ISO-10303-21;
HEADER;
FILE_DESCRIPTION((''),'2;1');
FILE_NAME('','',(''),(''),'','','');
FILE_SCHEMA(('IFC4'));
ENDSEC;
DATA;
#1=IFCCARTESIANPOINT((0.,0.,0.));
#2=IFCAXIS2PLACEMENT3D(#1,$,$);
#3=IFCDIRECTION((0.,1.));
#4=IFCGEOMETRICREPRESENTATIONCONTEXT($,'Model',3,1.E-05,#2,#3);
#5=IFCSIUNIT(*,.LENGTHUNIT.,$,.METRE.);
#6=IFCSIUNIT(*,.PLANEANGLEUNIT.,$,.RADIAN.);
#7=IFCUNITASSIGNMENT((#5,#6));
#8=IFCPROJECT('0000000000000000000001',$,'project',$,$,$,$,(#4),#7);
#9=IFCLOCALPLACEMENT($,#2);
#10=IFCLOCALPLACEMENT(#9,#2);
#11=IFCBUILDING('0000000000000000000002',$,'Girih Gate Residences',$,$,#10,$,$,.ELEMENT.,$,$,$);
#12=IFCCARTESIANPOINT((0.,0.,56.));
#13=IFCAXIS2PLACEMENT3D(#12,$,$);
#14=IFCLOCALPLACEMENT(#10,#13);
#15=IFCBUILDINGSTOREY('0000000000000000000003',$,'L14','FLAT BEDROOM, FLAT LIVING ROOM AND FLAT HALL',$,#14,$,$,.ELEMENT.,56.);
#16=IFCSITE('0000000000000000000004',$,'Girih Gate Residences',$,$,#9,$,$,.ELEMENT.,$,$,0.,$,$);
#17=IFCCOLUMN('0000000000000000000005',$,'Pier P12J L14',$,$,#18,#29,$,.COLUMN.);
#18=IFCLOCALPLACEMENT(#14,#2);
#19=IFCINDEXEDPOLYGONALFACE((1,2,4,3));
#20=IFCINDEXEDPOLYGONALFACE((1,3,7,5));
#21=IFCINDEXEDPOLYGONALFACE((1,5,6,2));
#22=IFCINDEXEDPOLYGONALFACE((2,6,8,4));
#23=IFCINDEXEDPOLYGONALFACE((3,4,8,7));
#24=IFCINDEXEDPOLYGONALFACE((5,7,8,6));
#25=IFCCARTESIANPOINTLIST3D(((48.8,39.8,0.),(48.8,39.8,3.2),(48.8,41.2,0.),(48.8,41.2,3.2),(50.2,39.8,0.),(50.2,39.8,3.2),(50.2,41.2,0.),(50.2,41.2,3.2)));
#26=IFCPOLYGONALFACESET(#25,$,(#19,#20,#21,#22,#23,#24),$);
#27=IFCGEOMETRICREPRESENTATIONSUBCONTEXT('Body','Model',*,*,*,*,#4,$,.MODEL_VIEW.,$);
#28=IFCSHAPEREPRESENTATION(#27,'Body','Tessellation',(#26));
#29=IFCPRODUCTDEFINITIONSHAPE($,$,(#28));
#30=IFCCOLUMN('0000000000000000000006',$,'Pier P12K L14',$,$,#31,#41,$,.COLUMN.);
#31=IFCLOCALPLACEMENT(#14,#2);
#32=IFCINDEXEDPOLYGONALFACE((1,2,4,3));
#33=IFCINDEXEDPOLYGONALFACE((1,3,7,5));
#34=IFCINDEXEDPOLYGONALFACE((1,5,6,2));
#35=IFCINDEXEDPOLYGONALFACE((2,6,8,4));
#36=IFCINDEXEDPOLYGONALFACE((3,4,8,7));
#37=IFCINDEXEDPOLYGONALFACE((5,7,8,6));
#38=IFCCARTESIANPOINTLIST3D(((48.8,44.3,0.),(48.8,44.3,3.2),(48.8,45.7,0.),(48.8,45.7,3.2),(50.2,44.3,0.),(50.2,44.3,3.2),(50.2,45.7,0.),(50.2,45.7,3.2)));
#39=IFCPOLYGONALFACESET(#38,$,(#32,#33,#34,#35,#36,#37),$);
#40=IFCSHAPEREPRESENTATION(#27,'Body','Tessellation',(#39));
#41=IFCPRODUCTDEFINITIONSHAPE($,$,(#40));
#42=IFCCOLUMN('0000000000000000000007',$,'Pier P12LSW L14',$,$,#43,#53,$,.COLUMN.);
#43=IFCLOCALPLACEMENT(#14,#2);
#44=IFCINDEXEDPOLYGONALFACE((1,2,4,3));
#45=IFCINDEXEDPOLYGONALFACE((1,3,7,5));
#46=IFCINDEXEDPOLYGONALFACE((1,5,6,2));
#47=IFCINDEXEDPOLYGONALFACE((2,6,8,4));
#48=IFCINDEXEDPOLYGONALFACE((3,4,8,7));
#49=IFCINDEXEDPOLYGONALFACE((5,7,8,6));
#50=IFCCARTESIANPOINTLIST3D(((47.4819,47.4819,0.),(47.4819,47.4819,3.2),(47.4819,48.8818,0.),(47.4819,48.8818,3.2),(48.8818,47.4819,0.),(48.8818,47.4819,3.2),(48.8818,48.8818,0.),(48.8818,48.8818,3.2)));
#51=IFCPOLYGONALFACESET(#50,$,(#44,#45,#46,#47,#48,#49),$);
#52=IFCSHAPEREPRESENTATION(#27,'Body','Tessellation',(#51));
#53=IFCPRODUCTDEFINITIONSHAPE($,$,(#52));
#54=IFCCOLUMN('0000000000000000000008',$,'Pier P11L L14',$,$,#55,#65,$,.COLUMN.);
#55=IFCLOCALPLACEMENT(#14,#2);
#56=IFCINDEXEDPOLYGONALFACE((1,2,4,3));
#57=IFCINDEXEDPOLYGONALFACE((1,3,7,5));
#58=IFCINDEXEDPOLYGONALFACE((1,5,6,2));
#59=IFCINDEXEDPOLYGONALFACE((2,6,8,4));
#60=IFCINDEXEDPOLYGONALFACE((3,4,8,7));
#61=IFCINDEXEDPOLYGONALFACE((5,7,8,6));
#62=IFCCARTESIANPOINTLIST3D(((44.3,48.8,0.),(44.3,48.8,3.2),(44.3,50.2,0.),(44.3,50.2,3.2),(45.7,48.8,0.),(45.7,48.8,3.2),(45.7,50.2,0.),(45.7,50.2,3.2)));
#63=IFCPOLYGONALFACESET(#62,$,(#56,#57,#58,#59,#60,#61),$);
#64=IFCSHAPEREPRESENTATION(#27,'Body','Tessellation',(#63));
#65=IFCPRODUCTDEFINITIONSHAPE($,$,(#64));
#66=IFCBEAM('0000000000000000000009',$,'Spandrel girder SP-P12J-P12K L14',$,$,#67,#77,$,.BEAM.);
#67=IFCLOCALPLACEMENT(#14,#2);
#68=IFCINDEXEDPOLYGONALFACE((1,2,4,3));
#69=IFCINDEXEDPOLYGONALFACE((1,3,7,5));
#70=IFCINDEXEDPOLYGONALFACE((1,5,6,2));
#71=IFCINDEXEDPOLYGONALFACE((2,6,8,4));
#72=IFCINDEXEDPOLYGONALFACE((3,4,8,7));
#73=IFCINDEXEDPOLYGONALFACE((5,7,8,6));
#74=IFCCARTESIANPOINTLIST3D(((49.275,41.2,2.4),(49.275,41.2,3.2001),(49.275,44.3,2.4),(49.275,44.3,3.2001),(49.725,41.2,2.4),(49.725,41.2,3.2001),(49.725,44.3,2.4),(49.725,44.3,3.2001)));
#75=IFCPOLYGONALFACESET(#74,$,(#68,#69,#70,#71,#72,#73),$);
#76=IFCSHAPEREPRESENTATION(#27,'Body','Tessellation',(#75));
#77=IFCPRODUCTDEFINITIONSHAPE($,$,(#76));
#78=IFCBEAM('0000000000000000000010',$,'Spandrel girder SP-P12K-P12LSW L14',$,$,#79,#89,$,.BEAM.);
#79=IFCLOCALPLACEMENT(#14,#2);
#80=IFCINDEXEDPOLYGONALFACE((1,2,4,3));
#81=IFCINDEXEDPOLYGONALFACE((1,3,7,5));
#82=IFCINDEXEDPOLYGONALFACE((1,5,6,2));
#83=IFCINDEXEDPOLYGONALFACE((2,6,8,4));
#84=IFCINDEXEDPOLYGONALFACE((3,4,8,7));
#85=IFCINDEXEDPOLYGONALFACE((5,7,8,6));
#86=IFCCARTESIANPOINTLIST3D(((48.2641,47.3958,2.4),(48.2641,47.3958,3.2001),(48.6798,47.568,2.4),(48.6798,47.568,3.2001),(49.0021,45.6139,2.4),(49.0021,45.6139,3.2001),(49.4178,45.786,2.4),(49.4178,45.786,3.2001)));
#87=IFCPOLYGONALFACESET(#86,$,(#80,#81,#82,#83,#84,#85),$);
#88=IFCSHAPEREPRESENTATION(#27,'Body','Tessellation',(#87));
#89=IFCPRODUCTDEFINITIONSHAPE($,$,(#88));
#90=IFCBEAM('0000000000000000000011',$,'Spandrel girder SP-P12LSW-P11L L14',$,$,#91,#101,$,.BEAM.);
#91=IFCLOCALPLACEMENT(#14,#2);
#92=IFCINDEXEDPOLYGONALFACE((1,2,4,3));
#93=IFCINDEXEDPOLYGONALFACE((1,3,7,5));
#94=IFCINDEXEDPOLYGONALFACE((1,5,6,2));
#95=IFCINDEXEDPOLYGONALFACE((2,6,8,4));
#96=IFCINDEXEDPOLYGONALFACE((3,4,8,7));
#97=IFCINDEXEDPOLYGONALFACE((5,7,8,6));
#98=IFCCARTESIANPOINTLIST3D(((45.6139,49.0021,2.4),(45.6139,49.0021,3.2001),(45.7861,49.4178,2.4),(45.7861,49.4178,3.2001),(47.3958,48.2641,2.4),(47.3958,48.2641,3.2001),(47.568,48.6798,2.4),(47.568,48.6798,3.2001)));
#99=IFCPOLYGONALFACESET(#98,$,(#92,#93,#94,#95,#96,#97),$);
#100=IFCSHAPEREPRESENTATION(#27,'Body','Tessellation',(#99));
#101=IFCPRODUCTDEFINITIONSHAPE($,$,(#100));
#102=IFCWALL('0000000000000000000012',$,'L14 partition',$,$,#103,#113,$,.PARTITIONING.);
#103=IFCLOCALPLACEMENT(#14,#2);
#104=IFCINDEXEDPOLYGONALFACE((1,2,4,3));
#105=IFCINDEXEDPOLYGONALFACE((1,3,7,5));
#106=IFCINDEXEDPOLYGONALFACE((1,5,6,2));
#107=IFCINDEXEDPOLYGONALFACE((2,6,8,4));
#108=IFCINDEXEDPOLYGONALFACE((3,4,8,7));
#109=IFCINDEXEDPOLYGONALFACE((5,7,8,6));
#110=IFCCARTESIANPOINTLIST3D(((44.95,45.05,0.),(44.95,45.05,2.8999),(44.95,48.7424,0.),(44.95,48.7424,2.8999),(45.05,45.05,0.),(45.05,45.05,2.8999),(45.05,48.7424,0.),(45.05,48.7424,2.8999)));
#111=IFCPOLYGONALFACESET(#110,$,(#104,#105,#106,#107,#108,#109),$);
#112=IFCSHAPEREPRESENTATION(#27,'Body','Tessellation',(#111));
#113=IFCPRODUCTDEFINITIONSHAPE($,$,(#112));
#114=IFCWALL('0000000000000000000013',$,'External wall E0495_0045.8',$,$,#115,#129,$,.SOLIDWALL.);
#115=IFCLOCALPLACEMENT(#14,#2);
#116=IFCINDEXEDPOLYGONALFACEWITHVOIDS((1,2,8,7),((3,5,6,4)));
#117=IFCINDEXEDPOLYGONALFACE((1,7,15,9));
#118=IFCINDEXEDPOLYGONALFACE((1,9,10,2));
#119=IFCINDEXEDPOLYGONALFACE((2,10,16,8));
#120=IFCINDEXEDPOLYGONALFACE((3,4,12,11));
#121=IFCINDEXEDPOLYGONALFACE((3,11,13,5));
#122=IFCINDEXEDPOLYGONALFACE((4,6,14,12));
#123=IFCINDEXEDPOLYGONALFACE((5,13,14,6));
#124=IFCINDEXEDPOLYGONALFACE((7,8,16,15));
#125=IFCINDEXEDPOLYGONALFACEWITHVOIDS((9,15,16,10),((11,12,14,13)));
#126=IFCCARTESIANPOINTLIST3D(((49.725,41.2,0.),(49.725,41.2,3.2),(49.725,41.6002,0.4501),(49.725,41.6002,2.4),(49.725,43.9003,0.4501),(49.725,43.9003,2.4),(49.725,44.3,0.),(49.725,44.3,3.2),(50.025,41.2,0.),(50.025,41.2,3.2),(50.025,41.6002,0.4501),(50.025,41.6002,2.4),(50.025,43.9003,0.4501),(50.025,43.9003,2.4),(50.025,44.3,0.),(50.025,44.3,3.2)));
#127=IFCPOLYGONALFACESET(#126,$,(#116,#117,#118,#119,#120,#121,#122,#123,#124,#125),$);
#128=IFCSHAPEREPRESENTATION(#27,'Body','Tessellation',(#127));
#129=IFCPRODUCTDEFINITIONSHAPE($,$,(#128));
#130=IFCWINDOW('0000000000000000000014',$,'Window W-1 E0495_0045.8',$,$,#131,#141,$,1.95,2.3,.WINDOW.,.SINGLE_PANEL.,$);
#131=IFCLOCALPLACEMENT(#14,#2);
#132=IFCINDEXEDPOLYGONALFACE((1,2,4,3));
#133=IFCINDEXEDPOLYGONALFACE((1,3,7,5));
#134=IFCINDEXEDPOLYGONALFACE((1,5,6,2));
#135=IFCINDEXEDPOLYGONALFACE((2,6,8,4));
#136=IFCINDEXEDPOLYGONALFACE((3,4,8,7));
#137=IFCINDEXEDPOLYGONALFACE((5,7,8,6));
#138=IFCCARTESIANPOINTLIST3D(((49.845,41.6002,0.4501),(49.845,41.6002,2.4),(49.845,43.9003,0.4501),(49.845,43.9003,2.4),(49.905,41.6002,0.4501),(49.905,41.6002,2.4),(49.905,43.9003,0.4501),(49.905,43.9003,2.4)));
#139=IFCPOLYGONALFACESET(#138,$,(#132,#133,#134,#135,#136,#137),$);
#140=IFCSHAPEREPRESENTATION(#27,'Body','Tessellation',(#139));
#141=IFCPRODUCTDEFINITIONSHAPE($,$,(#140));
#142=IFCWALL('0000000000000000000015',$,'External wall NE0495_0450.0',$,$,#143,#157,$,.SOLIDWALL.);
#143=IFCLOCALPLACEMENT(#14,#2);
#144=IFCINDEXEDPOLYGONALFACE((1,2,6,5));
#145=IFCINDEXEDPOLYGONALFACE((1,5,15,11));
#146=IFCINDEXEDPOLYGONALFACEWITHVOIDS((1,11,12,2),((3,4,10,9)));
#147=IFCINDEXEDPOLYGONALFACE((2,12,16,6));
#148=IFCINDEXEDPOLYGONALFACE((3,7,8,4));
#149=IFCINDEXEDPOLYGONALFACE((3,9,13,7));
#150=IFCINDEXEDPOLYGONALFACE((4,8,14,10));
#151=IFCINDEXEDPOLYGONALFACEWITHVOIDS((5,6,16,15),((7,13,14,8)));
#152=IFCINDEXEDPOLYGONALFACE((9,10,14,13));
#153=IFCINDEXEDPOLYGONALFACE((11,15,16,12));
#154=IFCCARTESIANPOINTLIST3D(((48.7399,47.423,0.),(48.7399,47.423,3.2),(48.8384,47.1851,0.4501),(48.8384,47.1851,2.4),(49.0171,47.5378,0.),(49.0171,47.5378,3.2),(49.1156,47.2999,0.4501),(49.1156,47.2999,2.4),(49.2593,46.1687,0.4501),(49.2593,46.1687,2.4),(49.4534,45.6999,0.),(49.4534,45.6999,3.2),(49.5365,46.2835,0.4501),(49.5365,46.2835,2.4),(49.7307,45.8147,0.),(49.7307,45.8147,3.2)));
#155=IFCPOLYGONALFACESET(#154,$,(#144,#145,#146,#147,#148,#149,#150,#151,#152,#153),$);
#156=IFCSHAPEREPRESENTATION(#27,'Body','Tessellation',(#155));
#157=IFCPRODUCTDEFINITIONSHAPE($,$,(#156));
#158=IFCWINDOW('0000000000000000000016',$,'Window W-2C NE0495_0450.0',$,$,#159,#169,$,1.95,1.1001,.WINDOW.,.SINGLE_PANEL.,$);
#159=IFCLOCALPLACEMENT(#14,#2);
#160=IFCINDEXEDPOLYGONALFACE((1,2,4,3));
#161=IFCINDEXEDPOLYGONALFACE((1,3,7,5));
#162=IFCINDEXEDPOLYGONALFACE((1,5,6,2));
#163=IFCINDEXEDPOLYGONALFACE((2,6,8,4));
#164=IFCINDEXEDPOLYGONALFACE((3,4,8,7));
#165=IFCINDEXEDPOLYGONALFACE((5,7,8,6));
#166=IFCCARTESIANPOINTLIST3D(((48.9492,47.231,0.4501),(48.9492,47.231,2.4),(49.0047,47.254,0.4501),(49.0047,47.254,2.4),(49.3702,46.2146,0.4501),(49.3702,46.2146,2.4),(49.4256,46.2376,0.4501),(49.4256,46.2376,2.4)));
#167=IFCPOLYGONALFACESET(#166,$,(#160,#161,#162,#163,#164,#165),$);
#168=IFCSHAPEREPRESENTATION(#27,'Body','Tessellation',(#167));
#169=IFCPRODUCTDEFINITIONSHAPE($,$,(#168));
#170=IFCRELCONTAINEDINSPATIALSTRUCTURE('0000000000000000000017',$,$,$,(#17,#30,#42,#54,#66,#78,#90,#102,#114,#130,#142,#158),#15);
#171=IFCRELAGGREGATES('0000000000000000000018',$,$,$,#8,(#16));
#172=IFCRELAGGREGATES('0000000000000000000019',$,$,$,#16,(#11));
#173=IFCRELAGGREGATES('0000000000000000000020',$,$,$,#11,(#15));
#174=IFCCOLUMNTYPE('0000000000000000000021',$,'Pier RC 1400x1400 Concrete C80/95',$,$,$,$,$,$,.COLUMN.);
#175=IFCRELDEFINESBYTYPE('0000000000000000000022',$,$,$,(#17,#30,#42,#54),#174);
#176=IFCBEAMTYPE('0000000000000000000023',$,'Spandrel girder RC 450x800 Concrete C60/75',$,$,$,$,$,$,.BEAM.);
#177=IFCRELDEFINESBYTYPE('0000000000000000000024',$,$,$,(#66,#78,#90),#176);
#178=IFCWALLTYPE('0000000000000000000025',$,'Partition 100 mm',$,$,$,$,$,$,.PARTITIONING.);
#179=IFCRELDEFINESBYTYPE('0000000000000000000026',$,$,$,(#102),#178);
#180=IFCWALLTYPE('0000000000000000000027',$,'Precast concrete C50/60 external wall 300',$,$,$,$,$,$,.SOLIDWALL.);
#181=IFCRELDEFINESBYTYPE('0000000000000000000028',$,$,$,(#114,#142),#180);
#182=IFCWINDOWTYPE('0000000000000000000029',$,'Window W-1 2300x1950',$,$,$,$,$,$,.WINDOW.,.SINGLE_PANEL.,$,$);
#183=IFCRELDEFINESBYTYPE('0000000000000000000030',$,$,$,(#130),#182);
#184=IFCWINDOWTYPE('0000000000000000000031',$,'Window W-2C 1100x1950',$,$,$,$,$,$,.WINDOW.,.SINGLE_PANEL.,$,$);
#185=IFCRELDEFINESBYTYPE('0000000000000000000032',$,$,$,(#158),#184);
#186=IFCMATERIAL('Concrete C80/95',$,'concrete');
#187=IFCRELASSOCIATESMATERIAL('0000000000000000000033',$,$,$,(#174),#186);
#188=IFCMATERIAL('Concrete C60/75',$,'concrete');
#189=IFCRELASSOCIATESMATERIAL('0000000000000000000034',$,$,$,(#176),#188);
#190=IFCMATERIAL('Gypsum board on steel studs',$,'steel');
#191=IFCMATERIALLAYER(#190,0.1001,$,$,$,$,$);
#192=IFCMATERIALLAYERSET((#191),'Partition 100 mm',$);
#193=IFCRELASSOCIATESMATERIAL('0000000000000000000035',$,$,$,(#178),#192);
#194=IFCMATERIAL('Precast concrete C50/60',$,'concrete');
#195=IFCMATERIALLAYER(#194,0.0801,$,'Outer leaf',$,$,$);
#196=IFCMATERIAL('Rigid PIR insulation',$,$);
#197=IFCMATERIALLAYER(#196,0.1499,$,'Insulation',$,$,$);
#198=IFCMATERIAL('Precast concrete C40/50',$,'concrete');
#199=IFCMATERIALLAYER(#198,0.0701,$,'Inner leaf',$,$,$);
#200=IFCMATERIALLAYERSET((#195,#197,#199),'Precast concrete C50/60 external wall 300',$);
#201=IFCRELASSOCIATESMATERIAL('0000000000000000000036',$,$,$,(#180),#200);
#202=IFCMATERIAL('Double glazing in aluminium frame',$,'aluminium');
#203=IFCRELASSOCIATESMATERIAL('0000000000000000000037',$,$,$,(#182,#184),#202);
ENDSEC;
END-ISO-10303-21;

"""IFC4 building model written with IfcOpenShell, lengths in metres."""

from ifc_helpers import new_model, si_unit, direction, frame, frame_2d, origin, origin_2d, place, context, subcontext, project, spatial, rectangle, extrude, material, layer, layer_set, material_profile, profile_set, type_object, element, fill, save


model = new_model("IFC4")

# Units and contexts
model_context = context("Model", 3, precision=1e-05, world=origin(), true_north=direction((0.0, 1.0)))
body_context = subcontext(model_context, "Body", "Model", "MODEL_VIEW")
ifc_project = project(units=[si_unit("LENGTHUNIT", "METRE"), si_unit("PLANEANGLEUNIT", "RADIAN")], contexts=[model_context])

# Site, building, storey
site_placement = place(None, origin())
site = spatial("IfcSite", under=ifc_project, at=site_placement, Name="Girih Gate Residences", CompositionType="ELEMENT", RefElevation=0.0)
building_placement = place(site_placement, origin())
building = spatial("IfcBuilding", under=site, at=building_placement, Name="Girih Gate Residences", CompositionType="ELEMENT")
storey_placement = place(building_placement, frame((0.0, 0.0, 56.0)))
storey = spatial("IfcBuildingStorey", under=building, at=storey_placement, Name="L14", Description="FLAT BEDROOM, FLAT LIVING ROOM AND FLAT HALL", CompositionType="ELEMENT", Elevation=56.0)

# Columns
ifc_material_1 = material(Name="Concrete C80/95", Category="concrete")
ifc_material_profile_1 = material_profile(ifc_material_1, rectangle(XDim=1.3999, YDim=1.3999, at=origin_2d()))
ifc_profile_set_1 = profile_set([ifc_material_profile_1], Name="Concrete C80/95")
column_type = type_object("IfcColumnType", Name="Pier RC 1400x1400 Concrete C80/95", PredefinedType="COLUMN", material=ifc_profile_set_1)
for number, where, z_axis, x_axis, name in (
    (1, (49.5, 40.5, 0.0), (0.0, 0.0, 1.0), (1.0, 0.0, 0.0), "Pier P12J L14"),
    (2, (49.5, 45.0, 0.0), (0.0, 0.0, 1.0), (1.0, 0.0, 0.0), "Pier P12K L14"),
    (3, (48.1819, 48.1819, 0.0), (0.0, 0.0, 1.0), (1.0, 0.0, 0.0), "Pier P12LSW L14"),
    (4, (45.0, 49.5, 0.0), (0.0, 0.0, 1.0), (1.0, 0.0, 0.0), "Pier P11L L14"),
):
    element("IfcColumn", number, at=place(storey_placement, frame(where, z_axis=z_axis, x_axis=x_axis)), inside=storey, type_object=column_type, Name=name, PredefinedType="COLUMN", context=body_context, shape_type="SweptSolid", body=[
        extrude(rectangle(XDim=1.3999, YDim=1.3999, at=origin_2d()), origin(), (0.0, 0.0, 1.0), 3.2),
    ])

# Beams
ifc_material_2 = material(Name="Concrete C60/75", Category="concrete")
ifc_material_profile_2 = material_profile(ifc_material_2, rectangle(XDim=0.45, YDim=0.8, at=origin_2d()))
ifc_profile_set_2 = profile_set([ifc_material_profile_2], Name="Concrete C60/75")
beam_type = type_object("IfcBeamType", Name="Spandrel girder RC 450x800 Concrete C60/75", PredefinedType="BEAM", material=ifc_profile_set_2)
beam_placement = place(storey_placement, frame((49.5, 41.2, 2.8), z_axis=(0.0, 1.0, 0.0), x_axis=(-1.0, 0.0, 0.0)))
element("IfcBeam", 5, at=beam_placement, inside=storey, type_object=beam_type, Name="Spandrel girder SP-P12J-P12K L14", PredefinedType="BEAM", context=body_context, shape_type="SweptSolid", body=[
    extrude(rectangle(XDim=0.45, YDim=0.8, at=origin_2d()), origin(), (0.0, 0.0, 1.0), 3.1001),
])
for number, where, z_axis, x_axis, name in (
    (6, (49.21, 45.7, 2.8), (-0.382646, 0.923895, 0.0), (-0.923895, -0.382646, 0.0), "Spandrel girder SP-P12K-P12LSW L14"),
    (7, (47.4819, 48.4719, 2.8), (-0.923895, 0.382646, 0.0), (-0.382646, -0.923895, 0.0), "Spandrel girder SP-P12LSW-P11L L14"),
):
    element("IfcBeam", number, at=place(storey_placement, frame(where, z_axis=z_axis, x_axis=x_axis)), inside=storey, type_object=beam_type, Name=name, PredefinedType="BEAM", context=body_context, shape_type="SweptSolid", body=[
        extrude(rectangle(XDim=0.45, YDim=0.8, at=origin_2d()), origin(), (0.0, 0.0, 1.0), 1.9287),
    ])

# Wall
ifc_material_3 = material(Name="Gypsum board on steel studs", Category="steel")
ifc_layer_1 = layer(ifc_material_3, 0.1001)
ifc_layer_set_1 = layer_set([ifc_layer_1], Name="Partition 100 mm")
wall_type_1 = type_object("IfcWallType", Name="Partition 100 mm", PredefinedType="PARTITIONING", material=ifc_layer_set_1)
wall_1_placement = place(storey_placement, frame((45.0, 45.05, 0.0), z_axis=(0.0, 0.0, 1.0), x_axis=(0.0, 1.0, 0.0)))
element("IfcWall", 8, at=wall_1_placement, inside=storey, type_object=wall_type_1, Name="L14 partition", PredefinedType="PARTITIONING", context=body_context, shape_type="SweptSolid", body=[
    extrude(rectangle(XDim=3.6924, YDim=0.1001, at=frame_2d((1.8462, 0.0))), origin(), (0.0, 0.0, 1.0), 2.8999),
])

# Walls, openings, windows
ifc_material_4 = material(Name="Precast concrete C50/60", Category="concrete")
ifc_layer_2 = layer(ifc_material_4, 0.0801, Name="Outer leaf")
ifc_material_5 = material(Name="Rigid PIR insulation")
ifc_layer_3 = layer(ifc_material_5, 0.1499, Name="Insulation")
ifc_material_6 = material(Name="Precast concrete C40/50", Category="concrete")
ifc_layer_4 = layer(ifc_material_6, 0.0701, Name="Inner leaf")
ifc_layer_set_2 = layer_set([ifc_layer_2, ifc_layer_3, ifc_layer_4], Name="Precast concrete C50/60 external wall 300")
wall_type_2 = type_object("IfcWallType", Name="Precast concrete C50/60 external wall 300", PredefinedType="SOLIDWALL", material=ifc_layer_set_2)
wall_2_placement = place(storey_placement, frame((49.875, 44.3, 0.0), z_axis=(0.0, 0.0, 1.0), x_axis=(0.0, -1.0, 0.0)))
wall_2 = element("IfcWall", 9, at=wall_2_placement, inside=storey, type_object=wall_type_2, Name="External wall E0495_0045.8", PredefinedType="SOLIDWALL", context=body_context, shape_type="SweptSolid", body=[
    extrude(rectangle(XDim=3.1001, YDim=0.3, at=frame_2d((1.55, 0.0))), origin(), (0.0, 0.0, 1.0), 3.2),
])
opening_1_placement = place(wall_2_placement, frame((0.3999, 0.0, 0.45)))
opening_1 = element("IfcOpeningElement", 10, at=opening_1_placement, cuts=wall_2, PredefinedType="OPENING", context=body_context, shape_type="SweptSolid", body=[
    extrude(rectangle(XDim=2.3, YDim=1.95, at=frame_2d((1.1499, 0.9751))), frame((0.0, 0.1599, 0.0), z_axis=(0.0, -1.0, 0.0), x_axis=(1.0, 0.0, 0.0)), (0.0, 0.0, 1.0), 0.3201),
])
ifc_material_7 = material(Name="Double glazing in aluminium frame", Category="aluminium")
window_type_1 = type_object("IfcWindowType", Name="Window W-1 2300x1950", PartitioningType="SINGLE_PANEL", PredefinedType="WINDOW", material=ifc_material_7)
window_1_placement = place(opening_1_placement, origin())
window_1 = element("IfcWindow", 11, at=window_1_placement, inside=storey, type_object=window_type_1, Name="Window W-1 E0495_0045.8", OverallHeight=1.95, OverallWidth=2.3, PartitioningType="SINGLE_PANEL", PredefinedType="WINDOW", context=body_context, shape_type="SweptSolid", body=[
    extrude(rectangle(XDim=2.3, YDim=1.95, at=frame_2d((1.1499, 0.9751))), frame((0.0, 0.03, 0.0), z_axis=(0.0, -1.0, 0.0), x_axis=(1.0, 0.0, 0.0)), (0.0, 0.0, 1.0), 0.0601),
])
fill(opening_1, window_1)
wall_3_placement = place(storey_placement, frame((48.8784, 47.4805, 0.0), z_axis=(0.0, 0.0, 1.0), x_axis=(0.382625, -0.923904, 0.0)))
wall_3 = element("IfcWall", 12, at=wall_3_placement, inside=storey, type_object=wall_type_2, Name="External wall NE0495_0450.0", PredefinedType="SOLIDWALL", context=body_context, shape_type="SweptSolid", body=[
    extrude(rectangle(XDim=1.865, YDim=0.3, at=frame_2d((0.9326, 0.0))), origin(), (0.0, 0.0, 1.0), 3.2),
])
opening_2_placement = place(wall_3_placement, frame((0.2576, 0.0, 0.45)))
opening_2 = element("IfcOpeningElement", 13, at=opening_2_placement, cuts=wall_3, PredefinedType="OPENING", context=body_context, shape_type="SweptSolid", body=[
    extrude(rectangle(XDim=1.1001, YDim=1.95, at=frame_2d((0.55, 0.9751))), frame((0.0, 0.1599, 0.0), z_axis=(0.0, -1.0, 0.0), x_axis=(1.0, 0.0, 0.0)), (0.0, 0.0, 1.0), 0.3201),
])
window_type_2 = type_object("IfcWindowType", Name="Window W-2C 1100x1950", PartitioningType="SINGLE_PANEL", PredefinedType="WINDOW", material=ifc_material_7)
window_2_placement = place(opening_2_placement, origin())
window_2 = element("IfcWindow", 14, at=window_2_placement, inside=storey, type_object=window_type_2, Name="Window W-2C NE0495_0450.0", OverallHeight=1.95, OverallWidth=1.1001, PartitioningType="SINGLE_PANEL", PredefinedType="WINDOW", context=body_context, shape_type="SweptSolid", body=[
    extrude(rectangle(XDim=1.1001, YDim=1.95, at=frame_2d((0.55, 0.9751))), frame((0.0, 0.03, 0.0), z_axis=(0.0, -1.0, 0.0), x_axis=(1.0, 0.0, 0.0)), (0.0, 0.0, 1.0), 0.0601),
])
fill(opening_2, window_2)

save(model, "model.ifc")
